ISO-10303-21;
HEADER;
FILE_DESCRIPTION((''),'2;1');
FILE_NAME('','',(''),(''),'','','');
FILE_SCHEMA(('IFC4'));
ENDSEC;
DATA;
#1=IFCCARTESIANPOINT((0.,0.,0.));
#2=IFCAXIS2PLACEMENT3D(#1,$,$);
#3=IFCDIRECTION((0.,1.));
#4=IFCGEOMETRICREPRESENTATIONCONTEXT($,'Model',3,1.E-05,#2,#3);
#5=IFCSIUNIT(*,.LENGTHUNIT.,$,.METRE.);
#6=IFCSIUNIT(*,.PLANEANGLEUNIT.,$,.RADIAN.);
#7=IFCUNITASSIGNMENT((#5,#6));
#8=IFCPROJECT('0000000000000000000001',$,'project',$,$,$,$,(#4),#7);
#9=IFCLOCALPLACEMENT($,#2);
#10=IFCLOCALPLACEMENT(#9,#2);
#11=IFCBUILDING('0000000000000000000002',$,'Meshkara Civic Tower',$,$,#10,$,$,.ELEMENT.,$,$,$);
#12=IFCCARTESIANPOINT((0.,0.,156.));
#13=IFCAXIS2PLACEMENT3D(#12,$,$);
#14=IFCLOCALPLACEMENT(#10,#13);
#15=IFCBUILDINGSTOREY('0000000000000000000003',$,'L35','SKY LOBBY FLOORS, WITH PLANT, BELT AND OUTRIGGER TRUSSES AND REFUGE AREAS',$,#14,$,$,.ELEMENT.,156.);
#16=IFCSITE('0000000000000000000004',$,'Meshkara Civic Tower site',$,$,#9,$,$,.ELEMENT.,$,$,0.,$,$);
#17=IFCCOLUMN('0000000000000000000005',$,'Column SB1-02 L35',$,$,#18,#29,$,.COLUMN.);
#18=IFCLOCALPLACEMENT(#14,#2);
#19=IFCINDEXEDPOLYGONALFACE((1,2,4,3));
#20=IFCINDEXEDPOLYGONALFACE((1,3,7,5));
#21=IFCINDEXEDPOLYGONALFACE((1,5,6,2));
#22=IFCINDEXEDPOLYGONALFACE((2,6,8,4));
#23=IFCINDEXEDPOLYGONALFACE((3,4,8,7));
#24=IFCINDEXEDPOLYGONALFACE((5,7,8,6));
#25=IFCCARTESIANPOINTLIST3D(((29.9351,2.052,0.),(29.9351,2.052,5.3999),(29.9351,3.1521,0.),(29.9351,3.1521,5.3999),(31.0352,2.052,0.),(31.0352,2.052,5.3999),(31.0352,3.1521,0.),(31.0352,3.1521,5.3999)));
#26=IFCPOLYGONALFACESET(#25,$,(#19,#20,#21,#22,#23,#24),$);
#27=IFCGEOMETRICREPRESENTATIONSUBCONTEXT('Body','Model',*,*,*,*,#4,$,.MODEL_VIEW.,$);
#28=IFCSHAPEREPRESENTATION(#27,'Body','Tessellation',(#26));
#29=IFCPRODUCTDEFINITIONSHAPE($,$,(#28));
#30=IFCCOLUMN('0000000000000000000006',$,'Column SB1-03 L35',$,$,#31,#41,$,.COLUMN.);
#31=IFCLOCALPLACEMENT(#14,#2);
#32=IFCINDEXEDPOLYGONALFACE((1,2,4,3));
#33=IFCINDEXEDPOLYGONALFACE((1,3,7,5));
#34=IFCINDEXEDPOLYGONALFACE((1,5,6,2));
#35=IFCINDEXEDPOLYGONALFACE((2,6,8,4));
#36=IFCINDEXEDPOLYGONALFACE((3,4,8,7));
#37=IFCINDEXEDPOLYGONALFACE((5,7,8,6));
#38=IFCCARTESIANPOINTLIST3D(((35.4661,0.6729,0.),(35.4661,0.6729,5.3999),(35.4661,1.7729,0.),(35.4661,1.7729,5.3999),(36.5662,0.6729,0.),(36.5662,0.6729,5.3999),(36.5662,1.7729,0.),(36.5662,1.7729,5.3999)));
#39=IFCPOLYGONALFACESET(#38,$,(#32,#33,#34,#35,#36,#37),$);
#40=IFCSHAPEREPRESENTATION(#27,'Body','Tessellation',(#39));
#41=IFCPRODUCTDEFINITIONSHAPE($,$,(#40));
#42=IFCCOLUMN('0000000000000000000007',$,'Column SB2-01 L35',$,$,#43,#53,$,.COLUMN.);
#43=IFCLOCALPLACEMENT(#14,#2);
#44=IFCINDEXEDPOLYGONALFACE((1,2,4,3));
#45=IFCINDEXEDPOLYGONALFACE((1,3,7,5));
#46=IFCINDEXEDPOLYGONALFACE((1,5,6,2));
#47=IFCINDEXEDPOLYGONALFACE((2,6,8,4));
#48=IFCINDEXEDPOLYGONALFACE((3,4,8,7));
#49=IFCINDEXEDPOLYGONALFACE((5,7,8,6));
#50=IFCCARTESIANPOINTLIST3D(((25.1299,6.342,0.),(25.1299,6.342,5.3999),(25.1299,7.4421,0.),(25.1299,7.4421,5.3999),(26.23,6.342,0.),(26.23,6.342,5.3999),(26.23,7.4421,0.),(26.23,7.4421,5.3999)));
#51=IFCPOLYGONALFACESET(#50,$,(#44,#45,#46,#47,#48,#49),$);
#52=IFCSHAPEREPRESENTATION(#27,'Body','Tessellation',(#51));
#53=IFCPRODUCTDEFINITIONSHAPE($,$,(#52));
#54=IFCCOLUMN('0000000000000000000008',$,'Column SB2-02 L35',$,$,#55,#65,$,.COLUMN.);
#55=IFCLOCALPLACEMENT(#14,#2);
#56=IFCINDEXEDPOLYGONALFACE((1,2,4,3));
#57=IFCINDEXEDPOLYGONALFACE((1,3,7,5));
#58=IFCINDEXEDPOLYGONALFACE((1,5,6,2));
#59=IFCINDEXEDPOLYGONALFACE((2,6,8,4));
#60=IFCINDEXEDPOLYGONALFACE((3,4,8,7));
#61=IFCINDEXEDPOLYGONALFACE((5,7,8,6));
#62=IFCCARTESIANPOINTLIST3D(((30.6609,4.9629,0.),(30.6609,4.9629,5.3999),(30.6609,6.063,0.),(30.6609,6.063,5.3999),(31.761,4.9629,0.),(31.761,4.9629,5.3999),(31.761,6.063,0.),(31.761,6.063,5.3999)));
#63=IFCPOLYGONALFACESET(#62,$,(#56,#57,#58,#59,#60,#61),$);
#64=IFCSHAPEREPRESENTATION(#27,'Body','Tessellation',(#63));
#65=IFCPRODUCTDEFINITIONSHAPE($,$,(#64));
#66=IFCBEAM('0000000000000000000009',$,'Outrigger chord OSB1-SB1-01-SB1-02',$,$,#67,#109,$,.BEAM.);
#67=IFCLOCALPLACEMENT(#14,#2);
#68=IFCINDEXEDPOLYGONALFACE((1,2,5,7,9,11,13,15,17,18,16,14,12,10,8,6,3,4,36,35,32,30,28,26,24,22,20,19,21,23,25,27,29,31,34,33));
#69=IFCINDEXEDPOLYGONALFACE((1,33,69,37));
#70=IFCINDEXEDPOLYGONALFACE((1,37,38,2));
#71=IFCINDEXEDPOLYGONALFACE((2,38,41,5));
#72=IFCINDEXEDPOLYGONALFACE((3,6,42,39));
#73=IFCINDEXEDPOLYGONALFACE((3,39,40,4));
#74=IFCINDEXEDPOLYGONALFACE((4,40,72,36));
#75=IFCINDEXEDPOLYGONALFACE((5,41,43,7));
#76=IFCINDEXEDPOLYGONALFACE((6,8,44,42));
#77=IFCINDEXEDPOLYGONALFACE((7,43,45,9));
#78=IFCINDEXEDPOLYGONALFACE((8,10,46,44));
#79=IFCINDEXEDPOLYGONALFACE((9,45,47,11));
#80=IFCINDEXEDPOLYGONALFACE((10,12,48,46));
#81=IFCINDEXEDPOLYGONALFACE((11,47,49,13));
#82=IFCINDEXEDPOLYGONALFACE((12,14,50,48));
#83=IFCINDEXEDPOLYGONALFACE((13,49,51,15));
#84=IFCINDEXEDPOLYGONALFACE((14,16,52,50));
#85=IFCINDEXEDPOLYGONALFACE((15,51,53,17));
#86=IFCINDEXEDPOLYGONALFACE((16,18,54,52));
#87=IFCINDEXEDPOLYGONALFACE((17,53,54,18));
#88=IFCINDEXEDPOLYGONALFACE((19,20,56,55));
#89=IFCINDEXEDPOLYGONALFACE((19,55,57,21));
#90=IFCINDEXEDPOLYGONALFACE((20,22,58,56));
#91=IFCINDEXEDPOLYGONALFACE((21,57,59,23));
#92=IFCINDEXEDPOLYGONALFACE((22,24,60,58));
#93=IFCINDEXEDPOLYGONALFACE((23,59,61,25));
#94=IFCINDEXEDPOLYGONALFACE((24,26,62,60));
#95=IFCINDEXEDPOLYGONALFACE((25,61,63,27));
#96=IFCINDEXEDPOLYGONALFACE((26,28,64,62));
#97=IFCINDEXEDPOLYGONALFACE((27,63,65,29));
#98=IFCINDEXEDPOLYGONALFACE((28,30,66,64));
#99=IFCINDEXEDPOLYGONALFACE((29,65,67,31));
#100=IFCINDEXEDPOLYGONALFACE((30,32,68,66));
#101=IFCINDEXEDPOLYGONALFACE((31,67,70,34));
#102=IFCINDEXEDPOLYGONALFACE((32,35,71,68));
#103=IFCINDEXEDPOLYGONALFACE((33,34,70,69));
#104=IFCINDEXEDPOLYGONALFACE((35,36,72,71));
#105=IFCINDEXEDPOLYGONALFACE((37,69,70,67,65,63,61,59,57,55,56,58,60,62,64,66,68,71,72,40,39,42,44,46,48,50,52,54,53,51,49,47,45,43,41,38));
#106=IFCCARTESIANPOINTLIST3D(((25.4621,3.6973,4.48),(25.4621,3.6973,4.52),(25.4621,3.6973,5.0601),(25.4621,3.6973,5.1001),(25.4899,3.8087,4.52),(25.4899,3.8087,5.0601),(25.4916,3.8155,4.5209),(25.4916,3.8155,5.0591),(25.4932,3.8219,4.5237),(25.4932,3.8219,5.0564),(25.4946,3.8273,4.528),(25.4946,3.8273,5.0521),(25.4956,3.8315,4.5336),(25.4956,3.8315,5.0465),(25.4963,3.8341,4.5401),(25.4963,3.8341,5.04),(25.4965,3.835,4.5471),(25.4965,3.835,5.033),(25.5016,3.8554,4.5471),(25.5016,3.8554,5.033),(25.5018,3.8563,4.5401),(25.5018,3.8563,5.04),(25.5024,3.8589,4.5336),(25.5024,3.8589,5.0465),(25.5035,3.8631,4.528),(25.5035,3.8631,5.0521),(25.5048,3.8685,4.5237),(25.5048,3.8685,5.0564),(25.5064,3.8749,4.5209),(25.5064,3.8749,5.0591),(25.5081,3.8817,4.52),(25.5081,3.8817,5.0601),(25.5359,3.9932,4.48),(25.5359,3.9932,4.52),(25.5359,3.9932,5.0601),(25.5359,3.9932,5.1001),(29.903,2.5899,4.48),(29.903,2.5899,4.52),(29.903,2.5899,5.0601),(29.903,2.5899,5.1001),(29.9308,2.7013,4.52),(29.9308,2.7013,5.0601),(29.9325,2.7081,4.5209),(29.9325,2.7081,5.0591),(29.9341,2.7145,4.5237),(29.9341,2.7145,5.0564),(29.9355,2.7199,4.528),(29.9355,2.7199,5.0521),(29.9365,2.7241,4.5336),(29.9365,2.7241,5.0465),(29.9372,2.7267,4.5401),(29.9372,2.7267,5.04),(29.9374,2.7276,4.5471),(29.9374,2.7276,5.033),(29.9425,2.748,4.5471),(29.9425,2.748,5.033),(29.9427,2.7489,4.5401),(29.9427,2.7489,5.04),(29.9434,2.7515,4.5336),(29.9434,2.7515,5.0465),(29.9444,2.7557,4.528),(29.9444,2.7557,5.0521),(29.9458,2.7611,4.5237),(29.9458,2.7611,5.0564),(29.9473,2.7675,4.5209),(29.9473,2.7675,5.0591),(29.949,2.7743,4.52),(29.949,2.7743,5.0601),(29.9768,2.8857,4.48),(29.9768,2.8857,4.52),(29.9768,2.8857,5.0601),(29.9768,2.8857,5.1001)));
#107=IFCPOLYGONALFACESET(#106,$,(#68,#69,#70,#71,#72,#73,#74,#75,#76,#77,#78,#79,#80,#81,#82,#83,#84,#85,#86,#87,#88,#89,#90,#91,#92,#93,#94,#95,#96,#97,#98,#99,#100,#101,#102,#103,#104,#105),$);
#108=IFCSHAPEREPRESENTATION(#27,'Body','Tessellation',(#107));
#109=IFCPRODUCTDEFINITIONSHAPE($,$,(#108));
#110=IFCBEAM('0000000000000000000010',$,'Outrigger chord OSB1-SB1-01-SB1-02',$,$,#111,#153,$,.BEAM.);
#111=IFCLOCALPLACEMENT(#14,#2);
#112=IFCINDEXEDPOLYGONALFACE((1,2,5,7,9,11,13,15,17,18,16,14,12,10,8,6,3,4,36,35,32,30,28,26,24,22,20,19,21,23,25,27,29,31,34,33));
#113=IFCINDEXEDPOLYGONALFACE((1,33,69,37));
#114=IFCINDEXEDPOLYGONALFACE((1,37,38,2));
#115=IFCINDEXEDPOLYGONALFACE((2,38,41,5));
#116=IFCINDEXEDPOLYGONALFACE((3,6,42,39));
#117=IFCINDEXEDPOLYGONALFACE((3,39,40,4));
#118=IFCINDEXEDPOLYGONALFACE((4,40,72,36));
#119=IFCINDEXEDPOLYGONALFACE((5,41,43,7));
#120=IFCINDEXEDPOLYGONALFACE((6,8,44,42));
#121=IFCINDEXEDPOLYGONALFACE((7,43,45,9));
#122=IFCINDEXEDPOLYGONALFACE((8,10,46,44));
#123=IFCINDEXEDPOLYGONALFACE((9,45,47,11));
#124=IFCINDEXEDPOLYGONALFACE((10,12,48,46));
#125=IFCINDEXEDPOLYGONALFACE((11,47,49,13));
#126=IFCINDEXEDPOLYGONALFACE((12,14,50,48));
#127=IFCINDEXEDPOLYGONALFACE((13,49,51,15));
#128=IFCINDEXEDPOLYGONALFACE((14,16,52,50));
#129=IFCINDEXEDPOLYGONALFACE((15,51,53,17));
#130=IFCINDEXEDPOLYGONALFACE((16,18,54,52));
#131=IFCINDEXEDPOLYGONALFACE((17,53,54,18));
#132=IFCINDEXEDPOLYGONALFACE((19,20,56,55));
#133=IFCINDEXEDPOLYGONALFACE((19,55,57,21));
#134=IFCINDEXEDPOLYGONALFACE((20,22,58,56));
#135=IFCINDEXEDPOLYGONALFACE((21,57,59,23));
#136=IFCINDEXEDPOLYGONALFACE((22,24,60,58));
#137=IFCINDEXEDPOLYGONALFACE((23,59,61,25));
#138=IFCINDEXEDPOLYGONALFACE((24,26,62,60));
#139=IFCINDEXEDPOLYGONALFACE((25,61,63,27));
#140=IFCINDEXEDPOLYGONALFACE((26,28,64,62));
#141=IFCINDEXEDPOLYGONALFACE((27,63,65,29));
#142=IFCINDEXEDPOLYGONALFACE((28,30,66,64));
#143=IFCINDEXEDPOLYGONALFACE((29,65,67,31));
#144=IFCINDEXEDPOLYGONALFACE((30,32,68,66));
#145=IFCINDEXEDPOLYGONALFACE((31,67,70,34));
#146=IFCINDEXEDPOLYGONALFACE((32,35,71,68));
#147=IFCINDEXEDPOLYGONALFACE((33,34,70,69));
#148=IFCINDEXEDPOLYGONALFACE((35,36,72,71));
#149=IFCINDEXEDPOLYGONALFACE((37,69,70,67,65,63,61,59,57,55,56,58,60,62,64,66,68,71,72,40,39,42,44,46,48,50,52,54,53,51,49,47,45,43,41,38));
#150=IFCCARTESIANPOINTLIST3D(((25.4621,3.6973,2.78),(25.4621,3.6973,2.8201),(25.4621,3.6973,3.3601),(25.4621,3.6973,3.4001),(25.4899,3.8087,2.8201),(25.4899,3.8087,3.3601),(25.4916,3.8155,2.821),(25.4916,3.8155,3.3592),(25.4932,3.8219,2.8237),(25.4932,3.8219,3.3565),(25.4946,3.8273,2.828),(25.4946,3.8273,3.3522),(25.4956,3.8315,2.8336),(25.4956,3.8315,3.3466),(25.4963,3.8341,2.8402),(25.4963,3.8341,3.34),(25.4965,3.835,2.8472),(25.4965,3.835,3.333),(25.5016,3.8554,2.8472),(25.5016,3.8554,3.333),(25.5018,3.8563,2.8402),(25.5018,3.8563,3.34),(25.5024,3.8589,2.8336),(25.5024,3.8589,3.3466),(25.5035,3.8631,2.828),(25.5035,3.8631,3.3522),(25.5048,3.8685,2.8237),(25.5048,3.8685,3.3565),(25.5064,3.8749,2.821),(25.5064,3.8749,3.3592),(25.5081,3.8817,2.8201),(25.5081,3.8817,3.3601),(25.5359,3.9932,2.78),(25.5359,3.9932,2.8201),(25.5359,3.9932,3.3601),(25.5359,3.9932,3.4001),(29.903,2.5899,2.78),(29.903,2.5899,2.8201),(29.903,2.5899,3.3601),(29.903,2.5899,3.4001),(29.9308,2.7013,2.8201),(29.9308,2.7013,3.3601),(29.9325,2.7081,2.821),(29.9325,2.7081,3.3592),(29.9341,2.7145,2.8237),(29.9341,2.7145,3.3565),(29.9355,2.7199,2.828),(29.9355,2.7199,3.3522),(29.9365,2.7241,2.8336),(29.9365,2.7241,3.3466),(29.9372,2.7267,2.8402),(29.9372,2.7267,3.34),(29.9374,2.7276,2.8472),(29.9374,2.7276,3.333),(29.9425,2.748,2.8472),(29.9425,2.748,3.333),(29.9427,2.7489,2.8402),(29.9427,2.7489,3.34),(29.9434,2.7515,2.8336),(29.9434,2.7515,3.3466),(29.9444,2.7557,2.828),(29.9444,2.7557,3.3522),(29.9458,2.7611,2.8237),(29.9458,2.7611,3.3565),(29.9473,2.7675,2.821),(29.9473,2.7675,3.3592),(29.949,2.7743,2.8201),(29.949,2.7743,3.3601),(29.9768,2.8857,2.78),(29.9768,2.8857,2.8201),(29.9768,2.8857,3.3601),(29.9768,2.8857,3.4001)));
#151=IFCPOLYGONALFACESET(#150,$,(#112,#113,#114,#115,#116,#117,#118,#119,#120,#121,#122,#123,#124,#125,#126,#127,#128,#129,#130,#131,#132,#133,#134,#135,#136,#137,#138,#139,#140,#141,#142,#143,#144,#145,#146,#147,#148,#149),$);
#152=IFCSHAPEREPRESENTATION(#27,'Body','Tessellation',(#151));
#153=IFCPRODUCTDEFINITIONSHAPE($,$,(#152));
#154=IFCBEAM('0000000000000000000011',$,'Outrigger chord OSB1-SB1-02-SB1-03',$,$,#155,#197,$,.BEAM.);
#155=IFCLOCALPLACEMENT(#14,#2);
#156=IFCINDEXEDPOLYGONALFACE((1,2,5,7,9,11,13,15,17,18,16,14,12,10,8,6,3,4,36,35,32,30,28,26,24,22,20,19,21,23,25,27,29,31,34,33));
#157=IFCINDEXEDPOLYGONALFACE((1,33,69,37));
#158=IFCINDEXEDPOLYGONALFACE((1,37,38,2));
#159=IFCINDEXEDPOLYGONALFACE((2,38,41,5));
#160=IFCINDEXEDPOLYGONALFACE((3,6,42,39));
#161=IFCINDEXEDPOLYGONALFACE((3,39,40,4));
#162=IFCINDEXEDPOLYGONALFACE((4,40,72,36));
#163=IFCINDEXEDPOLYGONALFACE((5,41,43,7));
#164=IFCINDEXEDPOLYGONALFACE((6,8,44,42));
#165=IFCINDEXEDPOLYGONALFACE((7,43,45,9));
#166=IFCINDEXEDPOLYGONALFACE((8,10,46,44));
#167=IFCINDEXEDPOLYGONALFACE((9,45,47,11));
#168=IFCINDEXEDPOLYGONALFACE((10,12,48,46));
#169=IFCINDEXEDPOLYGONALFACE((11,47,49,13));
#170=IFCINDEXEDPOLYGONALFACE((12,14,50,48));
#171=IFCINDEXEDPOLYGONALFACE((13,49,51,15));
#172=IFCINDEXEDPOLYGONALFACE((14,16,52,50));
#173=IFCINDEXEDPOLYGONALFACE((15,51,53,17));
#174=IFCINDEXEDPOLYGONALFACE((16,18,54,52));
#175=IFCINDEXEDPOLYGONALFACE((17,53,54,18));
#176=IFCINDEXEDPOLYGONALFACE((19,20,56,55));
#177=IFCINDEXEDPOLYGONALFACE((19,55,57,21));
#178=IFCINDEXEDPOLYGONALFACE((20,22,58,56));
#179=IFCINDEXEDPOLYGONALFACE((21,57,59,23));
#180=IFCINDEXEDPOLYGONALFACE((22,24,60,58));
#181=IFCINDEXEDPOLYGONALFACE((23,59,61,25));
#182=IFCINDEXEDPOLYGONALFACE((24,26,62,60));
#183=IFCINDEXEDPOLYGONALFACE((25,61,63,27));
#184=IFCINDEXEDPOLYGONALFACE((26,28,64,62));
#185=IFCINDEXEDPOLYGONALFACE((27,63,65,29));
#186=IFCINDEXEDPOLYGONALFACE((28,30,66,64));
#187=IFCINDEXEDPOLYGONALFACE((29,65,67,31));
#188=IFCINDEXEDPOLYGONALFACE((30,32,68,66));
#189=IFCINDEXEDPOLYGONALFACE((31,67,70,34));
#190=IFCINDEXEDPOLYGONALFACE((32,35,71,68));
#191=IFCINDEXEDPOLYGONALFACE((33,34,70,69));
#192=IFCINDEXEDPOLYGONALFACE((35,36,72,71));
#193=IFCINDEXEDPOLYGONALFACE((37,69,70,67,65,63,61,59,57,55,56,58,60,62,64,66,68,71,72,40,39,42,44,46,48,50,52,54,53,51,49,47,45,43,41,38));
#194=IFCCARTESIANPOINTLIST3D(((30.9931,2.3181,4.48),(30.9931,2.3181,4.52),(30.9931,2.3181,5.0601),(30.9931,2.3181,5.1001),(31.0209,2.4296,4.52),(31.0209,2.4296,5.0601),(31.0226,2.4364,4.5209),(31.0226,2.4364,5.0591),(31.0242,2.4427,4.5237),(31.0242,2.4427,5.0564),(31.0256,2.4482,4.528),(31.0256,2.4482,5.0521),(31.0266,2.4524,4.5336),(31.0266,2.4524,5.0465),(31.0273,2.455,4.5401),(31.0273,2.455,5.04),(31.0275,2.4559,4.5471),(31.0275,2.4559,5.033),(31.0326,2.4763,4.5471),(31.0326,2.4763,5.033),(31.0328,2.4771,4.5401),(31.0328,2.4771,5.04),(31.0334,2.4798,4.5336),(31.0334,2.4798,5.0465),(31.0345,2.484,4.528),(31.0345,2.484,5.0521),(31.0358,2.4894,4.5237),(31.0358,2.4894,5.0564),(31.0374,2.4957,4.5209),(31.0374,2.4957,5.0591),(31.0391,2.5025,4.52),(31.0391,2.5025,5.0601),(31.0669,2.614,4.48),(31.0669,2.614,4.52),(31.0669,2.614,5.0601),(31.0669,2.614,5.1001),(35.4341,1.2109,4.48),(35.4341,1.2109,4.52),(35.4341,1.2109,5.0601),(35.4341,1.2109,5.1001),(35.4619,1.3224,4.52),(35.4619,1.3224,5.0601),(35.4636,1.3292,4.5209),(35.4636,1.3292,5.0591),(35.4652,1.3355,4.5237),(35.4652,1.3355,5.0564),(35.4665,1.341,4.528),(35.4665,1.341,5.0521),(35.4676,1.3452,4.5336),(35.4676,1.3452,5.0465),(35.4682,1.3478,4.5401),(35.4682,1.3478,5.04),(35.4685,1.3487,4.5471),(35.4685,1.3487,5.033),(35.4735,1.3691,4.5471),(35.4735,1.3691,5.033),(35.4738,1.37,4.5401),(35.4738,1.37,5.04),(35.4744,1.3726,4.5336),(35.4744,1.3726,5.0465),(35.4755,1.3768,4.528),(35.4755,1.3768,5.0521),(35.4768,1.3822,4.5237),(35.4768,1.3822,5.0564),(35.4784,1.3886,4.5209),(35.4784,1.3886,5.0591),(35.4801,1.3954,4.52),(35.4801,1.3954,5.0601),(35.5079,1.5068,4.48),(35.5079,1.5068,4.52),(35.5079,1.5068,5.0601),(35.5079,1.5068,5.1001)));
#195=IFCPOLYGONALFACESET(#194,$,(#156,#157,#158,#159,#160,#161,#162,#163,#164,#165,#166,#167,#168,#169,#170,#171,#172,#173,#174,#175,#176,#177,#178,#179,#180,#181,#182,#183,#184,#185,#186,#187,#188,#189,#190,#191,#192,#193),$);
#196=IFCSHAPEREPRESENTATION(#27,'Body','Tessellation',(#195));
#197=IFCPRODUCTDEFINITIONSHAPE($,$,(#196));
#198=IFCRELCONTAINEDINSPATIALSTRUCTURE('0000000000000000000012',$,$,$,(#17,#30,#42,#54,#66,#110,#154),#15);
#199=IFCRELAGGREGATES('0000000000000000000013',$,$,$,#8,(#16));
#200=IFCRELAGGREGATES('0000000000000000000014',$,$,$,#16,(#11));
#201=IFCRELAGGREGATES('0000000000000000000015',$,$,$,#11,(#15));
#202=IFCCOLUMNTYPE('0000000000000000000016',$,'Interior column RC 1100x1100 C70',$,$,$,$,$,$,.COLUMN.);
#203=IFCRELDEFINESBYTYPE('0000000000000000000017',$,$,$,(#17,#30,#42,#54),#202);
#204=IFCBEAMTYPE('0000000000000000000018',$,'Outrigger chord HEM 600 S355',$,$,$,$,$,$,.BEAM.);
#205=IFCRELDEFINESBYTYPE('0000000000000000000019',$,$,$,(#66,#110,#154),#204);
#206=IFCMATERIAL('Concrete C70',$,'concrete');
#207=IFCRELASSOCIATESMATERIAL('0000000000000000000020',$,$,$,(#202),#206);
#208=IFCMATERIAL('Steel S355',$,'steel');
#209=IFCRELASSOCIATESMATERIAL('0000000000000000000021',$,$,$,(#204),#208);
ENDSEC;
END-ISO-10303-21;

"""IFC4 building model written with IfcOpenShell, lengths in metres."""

from ifc_helpers import new_model, si_unit, direction, frame, origin, origin_2d, place, context, subcontext, project, spatial, rectangle, i_section, extrude, material, material_profile, profile_set, type_object, element, save


model = new_model("IFC4")

# Units and contexts
model_context = context("Model", 3, precision=1e-05, world=origin(), true_north=direction((0.0, 1.0)))
body_context = subcontext(model_context, "Body", "Model", "MODEL_VIEW")
ifc_project = project(units=[si_unit("LENGTHUNIT", "METRE"), si_unit("PLANEANGLEUNIT", "RADIAN")], contexts=[model_context])

# Site, building, storey
site_placement = place(None, origin())
site = spatial("IfcSite", under=ifc_project, at=site_placement, Name="Meshkara Civic Tower site", CompositionType="ELEMENT", RefElevation=0.0)
building_placement = place(site_placement, origin())
building = spatial("IfcBuilding", under=site, at=building_placement, Name="Meshkara Civic Tower", CompositionType="ELEMENT")
storey_placement = place(building_placement, frame((0.0, 0.0, 156.0)))
storey = spatial("IfcBuildingStorey", under=building, at=storey_placement, Name="L35", Description="SKY LOBBY FLOORS, WITH PLANT, BELT AND OUTRIGGER TRUSSES AND REFUGE AREAS", CompositionType="ELEMENT", Elevation=156.0)

# Columns
ifc_material_1 = material(Name="Concrete C70", Category="concrete")
ifc_material_profile_1 = material_profile(ifc_material_1, rectangle(XDim=1.1001, YDim=1.1001, at=origin_2d()))
ifc_profile_set_1 = profile_set([ifc_material_profile_1], Name="Concrete C70")
column_type = type_object("IfcColumnType", Name="Interior column RC 1100x1100 C70", PredefinedType="COLUMN", material=ifc_profile_set_1)
for number, where, z_axis, x_axis, name in (
    (1, (30.4851, 2.6021, 0.0), (0.0, 0.0, 1.0), (1.0, 0.0, 0.0), "Column SB1-02 L35"),
    (2, (36.0161, 1.2229, 0.0), (0.0, 0.0, 1.0), (1.0, 0.0, 0.0), "Column SB1-03 L35"),
    (3, (25.6799, 6.8921, 0.0), (0.0, 0.0, 1.0), (1.0, 0.0, 0.0), "Column SB2-01 L35"),
    (4, (31.2109, 5.5129, 0.0), (0.0, 0.0, 1.0), (1.0, 0.0, 0.0), "Column SB2-02 L35"),
):
    element("IfcColumn", number, at=place(storey_placement, frame(where, z_axis=z_axis, x_axis=x_axis)), inside=storey, type_object=column_type, Name=name, PredefinedType="COLUMN", context=body_context, shape_type="SweptSolid", body=[
        extrude(rectangle(XDim=1.1001, YDim=1.1001, at=origin_2d()), origin(), (0.0, 0.0, 1.0), 5.3999),
    ])

# Beams
ifc_material_2 = material(Name="Steel S355", Category="steel")
ifc_material_profile_2 = material_profile(ifc_material_2, i_section(OverallWidth=0.3049, OverallDepth=0.6201, WebThickness=0.021, FlangeThickness=0.04, FilletRadius=0.0271, at=origin_2d()))
ifc_profile_set_2 = profile_set([ifc_material_profile_2], Name="Steel S355")
beam_type = type_object("IfcBeamType", Name="Outrigger chord HEM 600 S355", PredefinedType="BEAM", material=ifc_profile_set_2)
for number, where, z_axis, x_axis, name in (
    (5, (25.499, 3.8452, 4.79), (0.970287, -0.241958, 0.0), (0.241958, 0.970287, 0.0), "Outrigger chord OSB1-SB1-01-SB1-02"),
    (6, (25.499, 3.8452, 3.0901), (0.970287, -0.241958, 0.0), (0.241958, 0.970287, 0.0), "Outrigger chord OSB1-SB1-01-SB1-02"),
    (7, (31.03, 2.4661, 4.79), (0.970299, -0.241908, 0.0), (0.241908, 0.970299, 0.0), "Outrigger chord OSB1-SB1-02-SB1-03"),
):
    element("IfcBeam", number, at=place(storey_placement, frame(where, z_axis=z_axis, x_axis=x_axis)), inside=storey, type_object=beam_type, Name=name, PredefinedType="BEAM", context=body_context, shape_type="SweptSolid", body=[
        extrude(i_section(OverallWidth=0.3049, OverallDepth=0.6201, WebThickness=0.021, FlangeThickness=0.04, FilletRadius=0.0271, at=origin_2d()), origin(), (0.0, 0.0, 1.0), 4.5769),
    ])

save(model, "model.ifc")
